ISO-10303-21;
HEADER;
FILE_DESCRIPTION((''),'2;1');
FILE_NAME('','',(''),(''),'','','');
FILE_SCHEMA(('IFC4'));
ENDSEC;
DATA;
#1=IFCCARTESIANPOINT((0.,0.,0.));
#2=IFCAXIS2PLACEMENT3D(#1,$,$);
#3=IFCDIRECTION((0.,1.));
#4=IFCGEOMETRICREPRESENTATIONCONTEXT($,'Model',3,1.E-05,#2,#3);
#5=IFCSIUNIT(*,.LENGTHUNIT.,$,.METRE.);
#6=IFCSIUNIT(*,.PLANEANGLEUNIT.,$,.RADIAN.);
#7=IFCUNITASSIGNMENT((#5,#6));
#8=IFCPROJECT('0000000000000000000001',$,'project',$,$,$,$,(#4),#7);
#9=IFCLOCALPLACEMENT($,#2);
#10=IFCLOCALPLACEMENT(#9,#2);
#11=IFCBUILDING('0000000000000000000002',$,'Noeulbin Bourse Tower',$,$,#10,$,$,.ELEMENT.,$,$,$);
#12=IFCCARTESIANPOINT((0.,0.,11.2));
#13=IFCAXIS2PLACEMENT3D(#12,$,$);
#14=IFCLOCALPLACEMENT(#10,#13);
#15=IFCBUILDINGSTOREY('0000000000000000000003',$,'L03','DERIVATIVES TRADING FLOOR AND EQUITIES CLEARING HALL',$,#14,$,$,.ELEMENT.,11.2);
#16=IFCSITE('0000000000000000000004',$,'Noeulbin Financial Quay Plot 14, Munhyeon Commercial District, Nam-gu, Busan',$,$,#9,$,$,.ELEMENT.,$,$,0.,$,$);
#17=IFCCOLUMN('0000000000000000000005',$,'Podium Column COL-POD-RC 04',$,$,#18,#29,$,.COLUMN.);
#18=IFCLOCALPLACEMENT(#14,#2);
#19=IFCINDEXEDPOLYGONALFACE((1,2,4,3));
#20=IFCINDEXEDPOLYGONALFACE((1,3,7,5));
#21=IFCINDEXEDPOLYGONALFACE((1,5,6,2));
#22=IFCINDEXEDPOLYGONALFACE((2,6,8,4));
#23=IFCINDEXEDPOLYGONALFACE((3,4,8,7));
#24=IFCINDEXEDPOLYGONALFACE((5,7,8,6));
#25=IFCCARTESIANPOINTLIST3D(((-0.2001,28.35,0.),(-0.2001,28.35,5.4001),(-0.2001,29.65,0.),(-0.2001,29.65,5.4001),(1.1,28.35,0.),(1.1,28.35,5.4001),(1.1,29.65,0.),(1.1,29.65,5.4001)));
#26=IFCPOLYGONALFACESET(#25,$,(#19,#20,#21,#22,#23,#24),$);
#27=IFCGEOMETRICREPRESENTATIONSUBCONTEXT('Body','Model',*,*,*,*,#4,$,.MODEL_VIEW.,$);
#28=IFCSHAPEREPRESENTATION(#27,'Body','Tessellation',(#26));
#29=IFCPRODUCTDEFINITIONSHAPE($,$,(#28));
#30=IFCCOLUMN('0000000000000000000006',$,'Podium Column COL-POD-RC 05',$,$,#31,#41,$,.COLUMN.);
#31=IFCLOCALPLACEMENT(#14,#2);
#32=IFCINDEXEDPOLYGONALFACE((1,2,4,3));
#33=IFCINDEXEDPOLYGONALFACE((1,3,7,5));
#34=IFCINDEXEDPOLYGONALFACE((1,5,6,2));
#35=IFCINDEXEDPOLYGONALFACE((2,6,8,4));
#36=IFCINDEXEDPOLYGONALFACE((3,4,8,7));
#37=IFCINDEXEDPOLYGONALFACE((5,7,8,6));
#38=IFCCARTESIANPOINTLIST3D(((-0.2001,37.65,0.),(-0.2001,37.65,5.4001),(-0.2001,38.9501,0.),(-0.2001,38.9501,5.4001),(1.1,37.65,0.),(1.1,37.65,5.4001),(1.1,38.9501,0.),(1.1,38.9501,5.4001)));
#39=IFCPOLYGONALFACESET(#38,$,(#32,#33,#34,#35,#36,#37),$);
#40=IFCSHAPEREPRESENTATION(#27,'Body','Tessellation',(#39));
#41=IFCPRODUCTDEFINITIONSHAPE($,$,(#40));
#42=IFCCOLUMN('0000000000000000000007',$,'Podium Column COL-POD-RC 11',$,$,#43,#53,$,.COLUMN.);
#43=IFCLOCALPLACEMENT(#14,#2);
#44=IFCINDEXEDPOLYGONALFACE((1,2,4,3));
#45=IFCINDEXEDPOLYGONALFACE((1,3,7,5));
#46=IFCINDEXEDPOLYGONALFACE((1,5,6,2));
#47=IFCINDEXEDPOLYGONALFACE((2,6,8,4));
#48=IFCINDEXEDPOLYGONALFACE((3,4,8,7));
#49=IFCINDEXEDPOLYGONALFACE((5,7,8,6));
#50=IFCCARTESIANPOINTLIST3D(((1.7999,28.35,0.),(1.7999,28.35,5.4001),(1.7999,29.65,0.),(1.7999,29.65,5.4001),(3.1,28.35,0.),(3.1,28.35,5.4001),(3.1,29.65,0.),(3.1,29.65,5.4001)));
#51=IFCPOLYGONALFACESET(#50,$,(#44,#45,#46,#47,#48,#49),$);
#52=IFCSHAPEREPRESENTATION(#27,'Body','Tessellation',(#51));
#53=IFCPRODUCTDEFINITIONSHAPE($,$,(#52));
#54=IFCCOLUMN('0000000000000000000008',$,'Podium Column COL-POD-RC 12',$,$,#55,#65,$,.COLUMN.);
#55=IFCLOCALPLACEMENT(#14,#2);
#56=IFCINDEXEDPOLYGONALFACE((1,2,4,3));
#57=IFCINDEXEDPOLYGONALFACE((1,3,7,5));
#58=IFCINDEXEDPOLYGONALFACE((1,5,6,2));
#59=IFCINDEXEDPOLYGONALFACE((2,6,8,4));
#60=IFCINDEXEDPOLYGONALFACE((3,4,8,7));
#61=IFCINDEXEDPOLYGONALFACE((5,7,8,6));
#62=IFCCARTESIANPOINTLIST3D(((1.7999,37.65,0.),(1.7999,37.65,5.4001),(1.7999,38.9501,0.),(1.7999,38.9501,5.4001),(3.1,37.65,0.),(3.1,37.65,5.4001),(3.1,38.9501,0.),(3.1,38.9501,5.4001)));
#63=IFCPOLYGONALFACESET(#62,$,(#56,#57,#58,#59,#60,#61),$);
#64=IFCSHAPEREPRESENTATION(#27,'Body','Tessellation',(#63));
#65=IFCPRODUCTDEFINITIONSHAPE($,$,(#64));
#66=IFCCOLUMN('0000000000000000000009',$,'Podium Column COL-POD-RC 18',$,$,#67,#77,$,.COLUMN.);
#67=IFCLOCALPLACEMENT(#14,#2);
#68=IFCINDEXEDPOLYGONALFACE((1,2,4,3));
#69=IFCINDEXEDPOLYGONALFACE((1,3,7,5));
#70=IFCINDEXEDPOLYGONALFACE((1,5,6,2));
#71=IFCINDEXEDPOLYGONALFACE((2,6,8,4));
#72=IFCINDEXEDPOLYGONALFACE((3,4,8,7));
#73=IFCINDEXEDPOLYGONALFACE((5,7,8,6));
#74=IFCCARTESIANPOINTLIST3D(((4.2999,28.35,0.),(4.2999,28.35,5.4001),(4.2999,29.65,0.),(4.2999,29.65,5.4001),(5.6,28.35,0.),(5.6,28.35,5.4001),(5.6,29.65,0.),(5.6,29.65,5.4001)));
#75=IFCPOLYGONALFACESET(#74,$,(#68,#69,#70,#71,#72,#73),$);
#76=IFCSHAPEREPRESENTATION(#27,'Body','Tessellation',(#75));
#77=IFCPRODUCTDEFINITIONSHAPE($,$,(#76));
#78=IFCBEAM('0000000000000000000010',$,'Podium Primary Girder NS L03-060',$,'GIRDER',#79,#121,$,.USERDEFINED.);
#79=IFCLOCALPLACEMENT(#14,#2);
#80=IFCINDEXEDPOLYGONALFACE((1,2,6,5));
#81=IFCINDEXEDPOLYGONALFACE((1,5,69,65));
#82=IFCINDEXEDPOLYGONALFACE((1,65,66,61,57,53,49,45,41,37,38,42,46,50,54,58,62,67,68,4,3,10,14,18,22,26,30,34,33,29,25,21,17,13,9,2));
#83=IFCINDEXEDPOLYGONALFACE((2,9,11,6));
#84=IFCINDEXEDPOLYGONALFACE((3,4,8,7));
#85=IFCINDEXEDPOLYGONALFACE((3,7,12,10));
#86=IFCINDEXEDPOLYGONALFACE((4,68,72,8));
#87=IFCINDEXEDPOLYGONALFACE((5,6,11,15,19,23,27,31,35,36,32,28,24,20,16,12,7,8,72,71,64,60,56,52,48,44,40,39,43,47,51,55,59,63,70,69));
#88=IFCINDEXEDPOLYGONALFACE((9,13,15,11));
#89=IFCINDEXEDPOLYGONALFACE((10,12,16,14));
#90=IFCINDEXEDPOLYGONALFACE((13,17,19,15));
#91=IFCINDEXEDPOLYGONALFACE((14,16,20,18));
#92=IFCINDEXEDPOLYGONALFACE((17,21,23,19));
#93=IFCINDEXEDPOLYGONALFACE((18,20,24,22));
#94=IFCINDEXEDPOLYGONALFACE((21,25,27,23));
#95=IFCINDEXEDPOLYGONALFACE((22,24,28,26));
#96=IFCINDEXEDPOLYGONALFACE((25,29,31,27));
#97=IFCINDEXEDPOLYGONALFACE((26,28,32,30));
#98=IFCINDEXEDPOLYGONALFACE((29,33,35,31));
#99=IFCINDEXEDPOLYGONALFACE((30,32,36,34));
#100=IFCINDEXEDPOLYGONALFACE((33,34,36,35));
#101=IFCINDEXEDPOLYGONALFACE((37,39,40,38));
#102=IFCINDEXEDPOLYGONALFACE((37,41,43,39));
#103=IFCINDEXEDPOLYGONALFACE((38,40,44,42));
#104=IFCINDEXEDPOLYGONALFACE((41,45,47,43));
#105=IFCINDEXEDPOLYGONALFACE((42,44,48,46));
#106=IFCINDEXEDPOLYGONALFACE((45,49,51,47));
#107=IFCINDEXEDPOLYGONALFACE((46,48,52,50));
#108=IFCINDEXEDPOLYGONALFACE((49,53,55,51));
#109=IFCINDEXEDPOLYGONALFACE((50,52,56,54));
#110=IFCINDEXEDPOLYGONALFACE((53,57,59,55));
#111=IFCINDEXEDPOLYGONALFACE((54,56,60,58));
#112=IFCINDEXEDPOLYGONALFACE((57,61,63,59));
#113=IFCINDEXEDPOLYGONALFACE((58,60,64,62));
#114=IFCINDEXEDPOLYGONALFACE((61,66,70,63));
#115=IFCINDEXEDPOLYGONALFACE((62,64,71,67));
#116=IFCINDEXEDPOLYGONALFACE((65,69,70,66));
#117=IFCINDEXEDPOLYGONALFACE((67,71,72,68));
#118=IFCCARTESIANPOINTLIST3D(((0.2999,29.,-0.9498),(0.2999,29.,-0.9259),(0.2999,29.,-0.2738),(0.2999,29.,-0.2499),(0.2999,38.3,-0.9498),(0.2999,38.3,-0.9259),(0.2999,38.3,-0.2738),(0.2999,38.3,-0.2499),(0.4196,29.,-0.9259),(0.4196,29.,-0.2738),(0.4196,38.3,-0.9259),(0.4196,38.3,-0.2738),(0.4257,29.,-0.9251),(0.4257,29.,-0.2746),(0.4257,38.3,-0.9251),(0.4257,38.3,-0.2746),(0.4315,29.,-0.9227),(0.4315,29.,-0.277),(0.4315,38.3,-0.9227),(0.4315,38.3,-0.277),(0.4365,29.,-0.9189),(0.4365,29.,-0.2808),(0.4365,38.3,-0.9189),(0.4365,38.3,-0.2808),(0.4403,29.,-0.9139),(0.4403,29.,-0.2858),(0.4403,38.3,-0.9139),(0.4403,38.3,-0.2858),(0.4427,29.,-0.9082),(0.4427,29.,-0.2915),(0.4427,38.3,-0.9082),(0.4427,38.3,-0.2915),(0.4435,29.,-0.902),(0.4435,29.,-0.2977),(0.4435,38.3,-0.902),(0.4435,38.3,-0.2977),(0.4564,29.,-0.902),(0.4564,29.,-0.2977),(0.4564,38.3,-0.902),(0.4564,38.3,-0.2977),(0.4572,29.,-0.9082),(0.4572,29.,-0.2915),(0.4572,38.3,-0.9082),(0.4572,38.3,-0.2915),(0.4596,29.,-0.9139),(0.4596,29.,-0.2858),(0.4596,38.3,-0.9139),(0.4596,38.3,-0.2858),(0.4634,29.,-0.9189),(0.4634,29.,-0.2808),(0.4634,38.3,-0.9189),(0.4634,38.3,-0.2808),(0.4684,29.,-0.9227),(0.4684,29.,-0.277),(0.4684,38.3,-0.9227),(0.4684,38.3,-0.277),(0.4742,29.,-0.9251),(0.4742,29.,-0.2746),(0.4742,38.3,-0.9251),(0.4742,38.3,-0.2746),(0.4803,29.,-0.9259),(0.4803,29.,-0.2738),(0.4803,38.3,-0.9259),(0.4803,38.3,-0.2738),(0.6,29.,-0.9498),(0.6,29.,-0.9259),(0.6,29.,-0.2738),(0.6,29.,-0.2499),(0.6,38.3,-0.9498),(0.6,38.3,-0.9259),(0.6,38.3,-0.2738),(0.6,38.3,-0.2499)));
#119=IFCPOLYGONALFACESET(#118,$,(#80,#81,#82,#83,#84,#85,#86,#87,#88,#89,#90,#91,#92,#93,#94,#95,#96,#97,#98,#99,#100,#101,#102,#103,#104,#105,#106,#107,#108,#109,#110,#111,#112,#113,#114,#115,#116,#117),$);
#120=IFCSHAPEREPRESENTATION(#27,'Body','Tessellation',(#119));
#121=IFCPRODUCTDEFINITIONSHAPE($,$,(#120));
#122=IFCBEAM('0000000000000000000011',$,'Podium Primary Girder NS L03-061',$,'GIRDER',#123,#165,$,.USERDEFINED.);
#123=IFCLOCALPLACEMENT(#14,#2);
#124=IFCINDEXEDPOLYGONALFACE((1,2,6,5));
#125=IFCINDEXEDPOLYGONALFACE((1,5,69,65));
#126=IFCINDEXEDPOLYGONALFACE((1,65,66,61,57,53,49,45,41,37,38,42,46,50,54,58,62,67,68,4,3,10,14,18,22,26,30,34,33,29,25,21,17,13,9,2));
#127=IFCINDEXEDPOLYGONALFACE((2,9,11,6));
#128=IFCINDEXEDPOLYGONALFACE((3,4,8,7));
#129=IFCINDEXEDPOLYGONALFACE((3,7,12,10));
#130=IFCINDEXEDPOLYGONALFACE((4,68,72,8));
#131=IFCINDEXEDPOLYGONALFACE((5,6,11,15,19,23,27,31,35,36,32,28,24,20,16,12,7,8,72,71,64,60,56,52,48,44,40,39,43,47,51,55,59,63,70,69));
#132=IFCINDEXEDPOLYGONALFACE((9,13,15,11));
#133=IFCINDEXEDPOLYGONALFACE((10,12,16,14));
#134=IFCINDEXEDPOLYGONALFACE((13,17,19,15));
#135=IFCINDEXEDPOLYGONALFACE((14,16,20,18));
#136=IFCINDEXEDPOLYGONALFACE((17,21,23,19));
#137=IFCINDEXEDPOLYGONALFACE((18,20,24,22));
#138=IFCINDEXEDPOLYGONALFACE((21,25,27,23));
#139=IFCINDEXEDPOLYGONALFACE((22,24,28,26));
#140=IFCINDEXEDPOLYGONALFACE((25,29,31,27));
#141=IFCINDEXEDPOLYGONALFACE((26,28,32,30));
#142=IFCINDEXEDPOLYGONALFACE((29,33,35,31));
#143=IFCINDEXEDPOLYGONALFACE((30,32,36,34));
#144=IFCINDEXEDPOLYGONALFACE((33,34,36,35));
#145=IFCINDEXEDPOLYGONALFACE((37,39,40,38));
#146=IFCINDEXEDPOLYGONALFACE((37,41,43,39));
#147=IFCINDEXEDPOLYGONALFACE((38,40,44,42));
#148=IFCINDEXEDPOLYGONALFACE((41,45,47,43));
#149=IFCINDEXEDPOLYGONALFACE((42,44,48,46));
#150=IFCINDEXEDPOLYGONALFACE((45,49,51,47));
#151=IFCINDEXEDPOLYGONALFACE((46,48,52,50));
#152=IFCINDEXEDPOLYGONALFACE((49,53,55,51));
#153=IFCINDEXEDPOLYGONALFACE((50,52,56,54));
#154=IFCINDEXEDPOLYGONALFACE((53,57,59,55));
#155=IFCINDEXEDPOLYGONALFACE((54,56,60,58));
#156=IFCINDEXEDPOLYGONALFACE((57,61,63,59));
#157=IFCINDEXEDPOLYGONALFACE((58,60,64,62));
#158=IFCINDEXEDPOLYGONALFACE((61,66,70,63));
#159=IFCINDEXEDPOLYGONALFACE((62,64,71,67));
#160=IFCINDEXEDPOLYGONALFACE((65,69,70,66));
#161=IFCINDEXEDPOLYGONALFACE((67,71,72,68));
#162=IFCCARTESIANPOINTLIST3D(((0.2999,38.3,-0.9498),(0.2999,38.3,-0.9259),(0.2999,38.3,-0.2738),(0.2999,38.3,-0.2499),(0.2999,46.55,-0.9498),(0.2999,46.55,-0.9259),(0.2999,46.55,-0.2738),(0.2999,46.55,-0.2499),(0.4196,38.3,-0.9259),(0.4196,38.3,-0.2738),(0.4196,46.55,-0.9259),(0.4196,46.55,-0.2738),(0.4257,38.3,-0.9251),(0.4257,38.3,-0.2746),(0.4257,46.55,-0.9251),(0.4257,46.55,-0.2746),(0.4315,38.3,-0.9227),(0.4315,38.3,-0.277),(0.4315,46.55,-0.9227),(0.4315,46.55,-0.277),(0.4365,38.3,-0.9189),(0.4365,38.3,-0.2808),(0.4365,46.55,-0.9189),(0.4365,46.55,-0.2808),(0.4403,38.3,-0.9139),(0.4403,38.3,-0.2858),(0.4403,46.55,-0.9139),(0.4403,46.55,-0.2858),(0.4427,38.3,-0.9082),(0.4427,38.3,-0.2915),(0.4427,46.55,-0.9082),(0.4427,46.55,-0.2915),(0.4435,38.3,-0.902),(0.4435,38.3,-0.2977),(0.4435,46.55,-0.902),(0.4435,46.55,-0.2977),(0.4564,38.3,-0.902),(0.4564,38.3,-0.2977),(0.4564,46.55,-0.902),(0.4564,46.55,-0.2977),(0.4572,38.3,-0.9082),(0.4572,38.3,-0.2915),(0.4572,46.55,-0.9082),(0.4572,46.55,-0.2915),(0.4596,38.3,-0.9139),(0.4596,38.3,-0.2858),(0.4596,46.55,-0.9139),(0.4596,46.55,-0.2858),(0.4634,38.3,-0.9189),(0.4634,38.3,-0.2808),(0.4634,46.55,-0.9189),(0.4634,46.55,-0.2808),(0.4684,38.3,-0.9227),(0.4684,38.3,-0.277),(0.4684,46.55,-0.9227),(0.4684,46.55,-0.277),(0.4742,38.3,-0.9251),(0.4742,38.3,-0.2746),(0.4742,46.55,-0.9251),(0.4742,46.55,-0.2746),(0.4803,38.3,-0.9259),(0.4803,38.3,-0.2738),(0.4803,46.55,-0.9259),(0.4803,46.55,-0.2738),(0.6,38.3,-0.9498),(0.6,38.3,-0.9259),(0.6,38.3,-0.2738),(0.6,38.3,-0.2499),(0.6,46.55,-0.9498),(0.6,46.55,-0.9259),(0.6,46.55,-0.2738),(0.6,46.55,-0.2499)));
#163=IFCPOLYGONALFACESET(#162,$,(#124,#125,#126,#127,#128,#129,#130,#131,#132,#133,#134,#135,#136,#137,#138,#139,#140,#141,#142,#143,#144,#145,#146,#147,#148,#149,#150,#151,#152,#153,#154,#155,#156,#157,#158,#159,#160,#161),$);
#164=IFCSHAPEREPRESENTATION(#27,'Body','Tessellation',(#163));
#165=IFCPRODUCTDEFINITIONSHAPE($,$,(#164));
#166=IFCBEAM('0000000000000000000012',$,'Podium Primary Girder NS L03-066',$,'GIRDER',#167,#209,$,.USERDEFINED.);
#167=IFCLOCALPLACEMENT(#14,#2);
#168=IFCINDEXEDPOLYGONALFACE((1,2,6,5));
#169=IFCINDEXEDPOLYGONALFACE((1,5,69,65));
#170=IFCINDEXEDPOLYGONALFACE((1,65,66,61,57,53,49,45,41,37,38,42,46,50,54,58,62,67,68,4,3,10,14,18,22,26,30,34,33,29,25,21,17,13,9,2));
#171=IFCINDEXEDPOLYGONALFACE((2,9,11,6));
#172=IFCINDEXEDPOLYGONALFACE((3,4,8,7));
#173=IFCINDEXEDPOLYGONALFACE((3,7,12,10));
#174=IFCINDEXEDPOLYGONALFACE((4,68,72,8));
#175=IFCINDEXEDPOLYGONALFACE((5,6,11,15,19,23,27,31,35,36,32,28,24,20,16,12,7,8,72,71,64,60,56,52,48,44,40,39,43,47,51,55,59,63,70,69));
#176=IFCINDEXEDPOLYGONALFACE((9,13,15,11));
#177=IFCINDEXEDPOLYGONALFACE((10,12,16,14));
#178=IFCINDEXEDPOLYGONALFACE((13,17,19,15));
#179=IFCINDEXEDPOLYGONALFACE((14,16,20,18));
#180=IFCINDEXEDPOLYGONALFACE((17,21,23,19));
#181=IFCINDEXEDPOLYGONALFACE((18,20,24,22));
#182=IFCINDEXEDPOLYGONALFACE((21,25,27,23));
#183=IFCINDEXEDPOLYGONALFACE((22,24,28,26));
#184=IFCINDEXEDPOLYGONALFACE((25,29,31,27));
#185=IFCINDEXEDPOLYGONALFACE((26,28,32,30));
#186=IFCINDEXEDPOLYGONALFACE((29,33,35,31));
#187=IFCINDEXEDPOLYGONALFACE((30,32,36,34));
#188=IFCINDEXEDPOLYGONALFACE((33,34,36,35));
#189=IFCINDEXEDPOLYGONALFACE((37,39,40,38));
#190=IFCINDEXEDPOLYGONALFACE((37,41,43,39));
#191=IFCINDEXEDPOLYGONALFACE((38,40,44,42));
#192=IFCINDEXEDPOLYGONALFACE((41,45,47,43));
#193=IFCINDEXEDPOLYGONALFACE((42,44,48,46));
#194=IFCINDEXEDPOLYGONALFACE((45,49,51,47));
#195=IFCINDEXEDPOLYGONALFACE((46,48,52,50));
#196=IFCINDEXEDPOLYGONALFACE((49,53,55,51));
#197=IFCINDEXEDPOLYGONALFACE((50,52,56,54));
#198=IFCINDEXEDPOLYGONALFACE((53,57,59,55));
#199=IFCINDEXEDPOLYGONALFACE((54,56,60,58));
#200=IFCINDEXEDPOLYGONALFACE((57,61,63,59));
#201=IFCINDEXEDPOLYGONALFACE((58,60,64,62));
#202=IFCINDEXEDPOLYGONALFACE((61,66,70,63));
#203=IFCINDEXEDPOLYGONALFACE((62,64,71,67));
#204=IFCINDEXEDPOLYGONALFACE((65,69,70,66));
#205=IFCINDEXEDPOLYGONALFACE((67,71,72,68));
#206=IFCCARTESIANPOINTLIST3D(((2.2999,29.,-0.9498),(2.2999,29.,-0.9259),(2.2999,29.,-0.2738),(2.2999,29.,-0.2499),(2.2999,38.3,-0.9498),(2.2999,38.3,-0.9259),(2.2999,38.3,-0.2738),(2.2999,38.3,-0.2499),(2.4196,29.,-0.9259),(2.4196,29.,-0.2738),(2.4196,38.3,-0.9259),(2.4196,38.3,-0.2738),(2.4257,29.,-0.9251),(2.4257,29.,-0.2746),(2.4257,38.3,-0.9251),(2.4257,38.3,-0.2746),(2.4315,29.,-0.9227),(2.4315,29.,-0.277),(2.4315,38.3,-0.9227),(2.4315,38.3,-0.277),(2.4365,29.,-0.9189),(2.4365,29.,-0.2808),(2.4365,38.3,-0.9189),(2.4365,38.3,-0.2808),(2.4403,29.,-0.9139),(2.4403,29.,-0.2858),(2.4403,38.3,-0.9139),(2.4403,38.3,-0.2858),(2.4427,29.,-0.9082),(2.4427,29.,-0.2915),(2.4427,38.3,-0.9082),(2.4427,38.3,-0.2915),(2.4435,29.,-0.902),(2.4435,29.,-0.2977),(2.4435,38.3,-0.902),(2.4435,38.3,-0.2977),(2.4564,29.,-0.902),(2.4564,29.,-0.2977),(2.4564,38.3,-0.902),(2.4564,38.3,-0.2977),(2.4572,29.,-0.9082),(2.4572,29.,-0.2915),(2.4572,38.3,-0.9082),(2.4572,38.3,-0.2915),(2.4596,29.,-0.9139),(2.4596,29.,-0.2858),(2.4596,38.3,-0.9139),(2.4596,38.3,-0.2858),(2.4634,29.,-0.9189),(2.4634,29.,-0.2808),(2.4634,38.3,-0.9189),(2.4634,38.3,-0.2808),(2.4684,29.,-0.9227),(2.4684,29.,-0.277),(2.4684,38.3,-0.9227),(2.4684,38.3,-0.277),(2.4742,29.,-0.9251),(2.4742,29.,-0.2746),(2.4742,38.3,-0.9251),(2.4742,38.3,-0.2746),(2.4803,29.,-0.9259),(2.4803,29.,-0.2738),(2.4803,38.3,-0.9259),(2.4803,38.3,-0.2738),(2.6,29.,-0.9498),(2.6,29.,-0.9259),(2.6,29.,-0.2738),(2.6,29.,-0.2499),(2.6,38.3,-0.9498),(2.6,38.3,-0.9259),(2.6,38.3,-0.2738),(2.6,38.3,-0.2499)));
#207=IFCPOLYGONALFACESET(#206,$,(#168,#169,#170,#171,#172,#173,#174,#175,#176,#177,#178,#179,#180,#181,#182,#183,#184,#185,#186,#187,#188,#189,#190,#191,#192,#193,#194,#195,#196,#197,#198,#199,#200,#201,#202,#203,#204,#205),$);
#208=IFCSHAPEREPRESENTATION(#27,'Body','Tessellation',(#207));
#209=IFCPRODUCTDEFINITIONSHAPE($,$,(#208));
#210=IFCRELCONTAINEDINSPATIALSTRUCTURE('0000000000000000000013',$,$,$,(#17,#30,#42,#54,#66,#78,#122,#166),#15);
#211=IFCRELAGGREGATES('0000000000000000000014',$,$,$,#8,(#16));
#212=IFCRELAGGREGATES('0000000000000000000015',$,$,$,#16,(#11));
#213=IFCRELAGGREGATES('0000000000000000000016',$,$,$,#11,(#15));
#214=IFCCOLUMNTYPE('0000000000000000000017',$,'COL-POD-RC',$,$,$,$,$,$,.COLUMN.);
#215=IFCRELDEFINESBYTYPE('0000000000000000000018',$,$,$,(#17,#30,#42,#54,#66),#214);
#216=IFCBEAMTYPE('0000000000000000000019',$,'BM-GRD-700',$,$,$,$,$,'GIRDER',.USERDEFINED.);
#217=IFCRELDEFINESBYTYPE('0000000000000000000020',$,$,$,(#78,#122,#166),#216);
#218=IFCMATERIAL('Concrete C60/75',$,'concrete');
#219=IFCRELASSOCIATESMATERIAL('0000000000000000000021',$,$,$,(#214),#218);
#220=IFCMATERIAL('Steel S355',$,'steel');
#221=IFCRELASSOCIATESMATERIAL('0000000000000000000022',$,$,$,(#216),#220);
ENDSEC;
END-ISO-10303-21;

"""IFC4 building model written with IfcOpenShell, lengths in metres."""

from ifc_helpers import new_model, si_unit, direction, frame, origin, origin_2d, place, context, subcontext, project, spatial, rectangle, i_section, extrude, material, material_profile, profile_set, type_object, element, save


model = new_model("IFC4")

# Units and contexts
model_context = context("Model", 3, precision=1e-05, world=origin(), true_north=direction((0.0, 1.0)))
body_context = subcontext(model_context, "Body", "Model", "MODEL_VIEW")
ifc_project = project(units=[si_unit("LENGTHUNIT", "METRE"), si_unit("PLANEANGLEUNIT", "RADIAN")], contexts=[model_context])

# Site, building, storey
site_placement = place(None, origin())
site = spatial("IfcSite", under=ifc_project, at=site_placement, Name="Noeulbin Financial Quay Plot 14, Munhyeon Commercial District, Nam-gu, Busan", CompositionType="ELEMENT", RefElevation=0.0)
building_placement = place(site_placement, origin())
building = spatial("IfcBuilding", under=site, at=building_placement, Name="Noeulbin Bourse Tower", CompositionType="ELEMENT")
storey_placement = place(building_placement, frame((0.0, 0.0, 11.2)))
storey = spatial("IfcBuildingStorey", under=building, at=storey_placement, Name="L03", Description="DERIVATIVES TRADING FLOOR AND EQUITIES CLEARING HALL", CompositionType="ELEMENT", Elevation=11.2)

# Columns
ifc_material_1 = material(Name="Concrete C60/75", Category="concrete")
ifc_material_profile_1 = material_profile(ifc_material_1, rectangle(XDim=1.3, YDim=1.3, at=origin_2d()), Name="RC-COL-1300x1300", Category="LoadBearing")
ifc_profile_set_1 = profile_set([ifc_material_profile_1], Name="Concrete C60/75")
column_type = type_object("IfcColumnType", Name="COL-POD-RC", PredefinedType="COLUMN", material=ifc_profile_set_1)
for number, where, z_axis, x_axis, name in (
    (1, (0.45, 29.0, 0.0), (0.0, 0.0, 1.0), (1.0, 0.0, 0.0), "Podium Column COL-POD-RC 04"),
    (2, (0.45, 38.3, 0.0), (0.0, 0.0, 1.0), (1.0, 0.0, 0.0), "Podium Column COL-POD-RC 05"),
    (3, (2.45, 29.0, 0.0), (0.0, 0.0, 1.0), (1.0, 0.0, 0.0), "Podium Column COL-POD-RC 11"),
    (4, (2.45, 38.3, 0.0), (0.0, 0.0, 1.0), (1.0, 0.0, 0.0), "Podium Column COL-POD-RC 12"),
    (5, (4.95, 29.0, 0.0), (0.0, 0.0, 1.0), (1.0, 0.0, 0.0), "Podium Column COL-POD-RC 18"),
):
    element("IfcColumn", number, at=place(storey_placement, frame(where, z_axis=z_axis, x_axis=x_axis)), inside=storey, type_object=column_type, Name=name, PredefinedType="COLUMN", context=body_context, shape_type="SweptSolid", body=[
        extrude(rectangle(XDim=1.3, YDim=1.3, at=origin_2d()), origin(), (0.0, 0.0, 1.0), 5.4001),
    ])

# Beams
ifc_material_2 = material(Name="Steel S355", Category="steel")
ifc_material_profile_2 = material_profile(ifc_material_2, i_section(OverallWidth=0.3, OverallDepth=0.7, WebThickness=0.0129, FlangeThickness=0.0239, FilletRadius=0.0239, at=origin_2d()), Name="H-700x300x13x24", Category="LoadBearing")
ifc_profile_set_2 = profile_set([ifc_material_profile_2], Name="Steel S355")
beam_type_1 = type_object("IfcBeamType", Name="BM-GRD-700", ElementType="GIRDER", PredefinedType="USERDEFINED", material=ifc_profile_set_2)
beam_1_placement = place(storey_placement, frame((0.45, 29.0, -0.5999), z_axis=(0.0, 1.0, 0.0), x_axis=(-1.0, 0.0, 0.0)))
element("IfcBeam", 6, at=beam_1_placement, inside=storey, type_object=beam_type_1, Name="Podium Primary Girder NS L03-060", ObjectType="GIRDER", PredefinedType="USERDEFINED", context=body_context, shape_type="SweptSolid", body=[
    extrude(i_section(OverallWidth=0.3, OverallDepth=0.7, WebThickness=0.0129, FlangeThickness=0.0239, FilletRadius=0.0239, at=origin_2d()), origin(), (0.0, 0.0, 1.0), 9.3),
])
beam_2_placement = place(storey_placement, frame((0.45, 38.3, -0.5999), z_axis=(0.0, 1.0, 0.0), x_axis=(-1.0, 0.0, 0.0)))
element("IfcBeam", 7, at=beam_2_placement, inside=storey, type_object=beam_type_1, Name="Podium Primary Girder NS L03-061", ObjectType="GIRDER", PredefinedType="USERDEFINED", context=body_context, shape_type="SweptSolid", body=[
    extrude(i_section(OverallWidth=0.3, OverallDepth=0.7, WebThickness=0.0129, FlangeThickness=0.0239, FilletRadius=0.0239, at=origin_2d()), origin(), (0.0, 0.0, 1.0), 8.25),
])
beam_3_placement = place(storey_placement, frame((2.45, 29.0, -0.5999), z_axis=(0.0, 1.0, 0.0), x_axis=(-1.0, 0.0, 0.0)))
element("IfcBeam", 8, at=beam_3_placement, inside=storey, type_object=beam_type_1, Name="Podium Primary Girder NS L03-066", ObjectType="GIRDER", PredefinedType="USERDEFINED", context=body_context, shape_type="SweptSolid", body=[
    extrude(i_section(OverallWidth=0.3, OverallDepth=0.7, WebThickness=0.0129, FlangeThickness=0.0239, FilletRadius=0.0239, at=origin_2d()), origin(), (0.0, 0.0, 1.0), 9.3),
])

save(model, "model.ifc")
